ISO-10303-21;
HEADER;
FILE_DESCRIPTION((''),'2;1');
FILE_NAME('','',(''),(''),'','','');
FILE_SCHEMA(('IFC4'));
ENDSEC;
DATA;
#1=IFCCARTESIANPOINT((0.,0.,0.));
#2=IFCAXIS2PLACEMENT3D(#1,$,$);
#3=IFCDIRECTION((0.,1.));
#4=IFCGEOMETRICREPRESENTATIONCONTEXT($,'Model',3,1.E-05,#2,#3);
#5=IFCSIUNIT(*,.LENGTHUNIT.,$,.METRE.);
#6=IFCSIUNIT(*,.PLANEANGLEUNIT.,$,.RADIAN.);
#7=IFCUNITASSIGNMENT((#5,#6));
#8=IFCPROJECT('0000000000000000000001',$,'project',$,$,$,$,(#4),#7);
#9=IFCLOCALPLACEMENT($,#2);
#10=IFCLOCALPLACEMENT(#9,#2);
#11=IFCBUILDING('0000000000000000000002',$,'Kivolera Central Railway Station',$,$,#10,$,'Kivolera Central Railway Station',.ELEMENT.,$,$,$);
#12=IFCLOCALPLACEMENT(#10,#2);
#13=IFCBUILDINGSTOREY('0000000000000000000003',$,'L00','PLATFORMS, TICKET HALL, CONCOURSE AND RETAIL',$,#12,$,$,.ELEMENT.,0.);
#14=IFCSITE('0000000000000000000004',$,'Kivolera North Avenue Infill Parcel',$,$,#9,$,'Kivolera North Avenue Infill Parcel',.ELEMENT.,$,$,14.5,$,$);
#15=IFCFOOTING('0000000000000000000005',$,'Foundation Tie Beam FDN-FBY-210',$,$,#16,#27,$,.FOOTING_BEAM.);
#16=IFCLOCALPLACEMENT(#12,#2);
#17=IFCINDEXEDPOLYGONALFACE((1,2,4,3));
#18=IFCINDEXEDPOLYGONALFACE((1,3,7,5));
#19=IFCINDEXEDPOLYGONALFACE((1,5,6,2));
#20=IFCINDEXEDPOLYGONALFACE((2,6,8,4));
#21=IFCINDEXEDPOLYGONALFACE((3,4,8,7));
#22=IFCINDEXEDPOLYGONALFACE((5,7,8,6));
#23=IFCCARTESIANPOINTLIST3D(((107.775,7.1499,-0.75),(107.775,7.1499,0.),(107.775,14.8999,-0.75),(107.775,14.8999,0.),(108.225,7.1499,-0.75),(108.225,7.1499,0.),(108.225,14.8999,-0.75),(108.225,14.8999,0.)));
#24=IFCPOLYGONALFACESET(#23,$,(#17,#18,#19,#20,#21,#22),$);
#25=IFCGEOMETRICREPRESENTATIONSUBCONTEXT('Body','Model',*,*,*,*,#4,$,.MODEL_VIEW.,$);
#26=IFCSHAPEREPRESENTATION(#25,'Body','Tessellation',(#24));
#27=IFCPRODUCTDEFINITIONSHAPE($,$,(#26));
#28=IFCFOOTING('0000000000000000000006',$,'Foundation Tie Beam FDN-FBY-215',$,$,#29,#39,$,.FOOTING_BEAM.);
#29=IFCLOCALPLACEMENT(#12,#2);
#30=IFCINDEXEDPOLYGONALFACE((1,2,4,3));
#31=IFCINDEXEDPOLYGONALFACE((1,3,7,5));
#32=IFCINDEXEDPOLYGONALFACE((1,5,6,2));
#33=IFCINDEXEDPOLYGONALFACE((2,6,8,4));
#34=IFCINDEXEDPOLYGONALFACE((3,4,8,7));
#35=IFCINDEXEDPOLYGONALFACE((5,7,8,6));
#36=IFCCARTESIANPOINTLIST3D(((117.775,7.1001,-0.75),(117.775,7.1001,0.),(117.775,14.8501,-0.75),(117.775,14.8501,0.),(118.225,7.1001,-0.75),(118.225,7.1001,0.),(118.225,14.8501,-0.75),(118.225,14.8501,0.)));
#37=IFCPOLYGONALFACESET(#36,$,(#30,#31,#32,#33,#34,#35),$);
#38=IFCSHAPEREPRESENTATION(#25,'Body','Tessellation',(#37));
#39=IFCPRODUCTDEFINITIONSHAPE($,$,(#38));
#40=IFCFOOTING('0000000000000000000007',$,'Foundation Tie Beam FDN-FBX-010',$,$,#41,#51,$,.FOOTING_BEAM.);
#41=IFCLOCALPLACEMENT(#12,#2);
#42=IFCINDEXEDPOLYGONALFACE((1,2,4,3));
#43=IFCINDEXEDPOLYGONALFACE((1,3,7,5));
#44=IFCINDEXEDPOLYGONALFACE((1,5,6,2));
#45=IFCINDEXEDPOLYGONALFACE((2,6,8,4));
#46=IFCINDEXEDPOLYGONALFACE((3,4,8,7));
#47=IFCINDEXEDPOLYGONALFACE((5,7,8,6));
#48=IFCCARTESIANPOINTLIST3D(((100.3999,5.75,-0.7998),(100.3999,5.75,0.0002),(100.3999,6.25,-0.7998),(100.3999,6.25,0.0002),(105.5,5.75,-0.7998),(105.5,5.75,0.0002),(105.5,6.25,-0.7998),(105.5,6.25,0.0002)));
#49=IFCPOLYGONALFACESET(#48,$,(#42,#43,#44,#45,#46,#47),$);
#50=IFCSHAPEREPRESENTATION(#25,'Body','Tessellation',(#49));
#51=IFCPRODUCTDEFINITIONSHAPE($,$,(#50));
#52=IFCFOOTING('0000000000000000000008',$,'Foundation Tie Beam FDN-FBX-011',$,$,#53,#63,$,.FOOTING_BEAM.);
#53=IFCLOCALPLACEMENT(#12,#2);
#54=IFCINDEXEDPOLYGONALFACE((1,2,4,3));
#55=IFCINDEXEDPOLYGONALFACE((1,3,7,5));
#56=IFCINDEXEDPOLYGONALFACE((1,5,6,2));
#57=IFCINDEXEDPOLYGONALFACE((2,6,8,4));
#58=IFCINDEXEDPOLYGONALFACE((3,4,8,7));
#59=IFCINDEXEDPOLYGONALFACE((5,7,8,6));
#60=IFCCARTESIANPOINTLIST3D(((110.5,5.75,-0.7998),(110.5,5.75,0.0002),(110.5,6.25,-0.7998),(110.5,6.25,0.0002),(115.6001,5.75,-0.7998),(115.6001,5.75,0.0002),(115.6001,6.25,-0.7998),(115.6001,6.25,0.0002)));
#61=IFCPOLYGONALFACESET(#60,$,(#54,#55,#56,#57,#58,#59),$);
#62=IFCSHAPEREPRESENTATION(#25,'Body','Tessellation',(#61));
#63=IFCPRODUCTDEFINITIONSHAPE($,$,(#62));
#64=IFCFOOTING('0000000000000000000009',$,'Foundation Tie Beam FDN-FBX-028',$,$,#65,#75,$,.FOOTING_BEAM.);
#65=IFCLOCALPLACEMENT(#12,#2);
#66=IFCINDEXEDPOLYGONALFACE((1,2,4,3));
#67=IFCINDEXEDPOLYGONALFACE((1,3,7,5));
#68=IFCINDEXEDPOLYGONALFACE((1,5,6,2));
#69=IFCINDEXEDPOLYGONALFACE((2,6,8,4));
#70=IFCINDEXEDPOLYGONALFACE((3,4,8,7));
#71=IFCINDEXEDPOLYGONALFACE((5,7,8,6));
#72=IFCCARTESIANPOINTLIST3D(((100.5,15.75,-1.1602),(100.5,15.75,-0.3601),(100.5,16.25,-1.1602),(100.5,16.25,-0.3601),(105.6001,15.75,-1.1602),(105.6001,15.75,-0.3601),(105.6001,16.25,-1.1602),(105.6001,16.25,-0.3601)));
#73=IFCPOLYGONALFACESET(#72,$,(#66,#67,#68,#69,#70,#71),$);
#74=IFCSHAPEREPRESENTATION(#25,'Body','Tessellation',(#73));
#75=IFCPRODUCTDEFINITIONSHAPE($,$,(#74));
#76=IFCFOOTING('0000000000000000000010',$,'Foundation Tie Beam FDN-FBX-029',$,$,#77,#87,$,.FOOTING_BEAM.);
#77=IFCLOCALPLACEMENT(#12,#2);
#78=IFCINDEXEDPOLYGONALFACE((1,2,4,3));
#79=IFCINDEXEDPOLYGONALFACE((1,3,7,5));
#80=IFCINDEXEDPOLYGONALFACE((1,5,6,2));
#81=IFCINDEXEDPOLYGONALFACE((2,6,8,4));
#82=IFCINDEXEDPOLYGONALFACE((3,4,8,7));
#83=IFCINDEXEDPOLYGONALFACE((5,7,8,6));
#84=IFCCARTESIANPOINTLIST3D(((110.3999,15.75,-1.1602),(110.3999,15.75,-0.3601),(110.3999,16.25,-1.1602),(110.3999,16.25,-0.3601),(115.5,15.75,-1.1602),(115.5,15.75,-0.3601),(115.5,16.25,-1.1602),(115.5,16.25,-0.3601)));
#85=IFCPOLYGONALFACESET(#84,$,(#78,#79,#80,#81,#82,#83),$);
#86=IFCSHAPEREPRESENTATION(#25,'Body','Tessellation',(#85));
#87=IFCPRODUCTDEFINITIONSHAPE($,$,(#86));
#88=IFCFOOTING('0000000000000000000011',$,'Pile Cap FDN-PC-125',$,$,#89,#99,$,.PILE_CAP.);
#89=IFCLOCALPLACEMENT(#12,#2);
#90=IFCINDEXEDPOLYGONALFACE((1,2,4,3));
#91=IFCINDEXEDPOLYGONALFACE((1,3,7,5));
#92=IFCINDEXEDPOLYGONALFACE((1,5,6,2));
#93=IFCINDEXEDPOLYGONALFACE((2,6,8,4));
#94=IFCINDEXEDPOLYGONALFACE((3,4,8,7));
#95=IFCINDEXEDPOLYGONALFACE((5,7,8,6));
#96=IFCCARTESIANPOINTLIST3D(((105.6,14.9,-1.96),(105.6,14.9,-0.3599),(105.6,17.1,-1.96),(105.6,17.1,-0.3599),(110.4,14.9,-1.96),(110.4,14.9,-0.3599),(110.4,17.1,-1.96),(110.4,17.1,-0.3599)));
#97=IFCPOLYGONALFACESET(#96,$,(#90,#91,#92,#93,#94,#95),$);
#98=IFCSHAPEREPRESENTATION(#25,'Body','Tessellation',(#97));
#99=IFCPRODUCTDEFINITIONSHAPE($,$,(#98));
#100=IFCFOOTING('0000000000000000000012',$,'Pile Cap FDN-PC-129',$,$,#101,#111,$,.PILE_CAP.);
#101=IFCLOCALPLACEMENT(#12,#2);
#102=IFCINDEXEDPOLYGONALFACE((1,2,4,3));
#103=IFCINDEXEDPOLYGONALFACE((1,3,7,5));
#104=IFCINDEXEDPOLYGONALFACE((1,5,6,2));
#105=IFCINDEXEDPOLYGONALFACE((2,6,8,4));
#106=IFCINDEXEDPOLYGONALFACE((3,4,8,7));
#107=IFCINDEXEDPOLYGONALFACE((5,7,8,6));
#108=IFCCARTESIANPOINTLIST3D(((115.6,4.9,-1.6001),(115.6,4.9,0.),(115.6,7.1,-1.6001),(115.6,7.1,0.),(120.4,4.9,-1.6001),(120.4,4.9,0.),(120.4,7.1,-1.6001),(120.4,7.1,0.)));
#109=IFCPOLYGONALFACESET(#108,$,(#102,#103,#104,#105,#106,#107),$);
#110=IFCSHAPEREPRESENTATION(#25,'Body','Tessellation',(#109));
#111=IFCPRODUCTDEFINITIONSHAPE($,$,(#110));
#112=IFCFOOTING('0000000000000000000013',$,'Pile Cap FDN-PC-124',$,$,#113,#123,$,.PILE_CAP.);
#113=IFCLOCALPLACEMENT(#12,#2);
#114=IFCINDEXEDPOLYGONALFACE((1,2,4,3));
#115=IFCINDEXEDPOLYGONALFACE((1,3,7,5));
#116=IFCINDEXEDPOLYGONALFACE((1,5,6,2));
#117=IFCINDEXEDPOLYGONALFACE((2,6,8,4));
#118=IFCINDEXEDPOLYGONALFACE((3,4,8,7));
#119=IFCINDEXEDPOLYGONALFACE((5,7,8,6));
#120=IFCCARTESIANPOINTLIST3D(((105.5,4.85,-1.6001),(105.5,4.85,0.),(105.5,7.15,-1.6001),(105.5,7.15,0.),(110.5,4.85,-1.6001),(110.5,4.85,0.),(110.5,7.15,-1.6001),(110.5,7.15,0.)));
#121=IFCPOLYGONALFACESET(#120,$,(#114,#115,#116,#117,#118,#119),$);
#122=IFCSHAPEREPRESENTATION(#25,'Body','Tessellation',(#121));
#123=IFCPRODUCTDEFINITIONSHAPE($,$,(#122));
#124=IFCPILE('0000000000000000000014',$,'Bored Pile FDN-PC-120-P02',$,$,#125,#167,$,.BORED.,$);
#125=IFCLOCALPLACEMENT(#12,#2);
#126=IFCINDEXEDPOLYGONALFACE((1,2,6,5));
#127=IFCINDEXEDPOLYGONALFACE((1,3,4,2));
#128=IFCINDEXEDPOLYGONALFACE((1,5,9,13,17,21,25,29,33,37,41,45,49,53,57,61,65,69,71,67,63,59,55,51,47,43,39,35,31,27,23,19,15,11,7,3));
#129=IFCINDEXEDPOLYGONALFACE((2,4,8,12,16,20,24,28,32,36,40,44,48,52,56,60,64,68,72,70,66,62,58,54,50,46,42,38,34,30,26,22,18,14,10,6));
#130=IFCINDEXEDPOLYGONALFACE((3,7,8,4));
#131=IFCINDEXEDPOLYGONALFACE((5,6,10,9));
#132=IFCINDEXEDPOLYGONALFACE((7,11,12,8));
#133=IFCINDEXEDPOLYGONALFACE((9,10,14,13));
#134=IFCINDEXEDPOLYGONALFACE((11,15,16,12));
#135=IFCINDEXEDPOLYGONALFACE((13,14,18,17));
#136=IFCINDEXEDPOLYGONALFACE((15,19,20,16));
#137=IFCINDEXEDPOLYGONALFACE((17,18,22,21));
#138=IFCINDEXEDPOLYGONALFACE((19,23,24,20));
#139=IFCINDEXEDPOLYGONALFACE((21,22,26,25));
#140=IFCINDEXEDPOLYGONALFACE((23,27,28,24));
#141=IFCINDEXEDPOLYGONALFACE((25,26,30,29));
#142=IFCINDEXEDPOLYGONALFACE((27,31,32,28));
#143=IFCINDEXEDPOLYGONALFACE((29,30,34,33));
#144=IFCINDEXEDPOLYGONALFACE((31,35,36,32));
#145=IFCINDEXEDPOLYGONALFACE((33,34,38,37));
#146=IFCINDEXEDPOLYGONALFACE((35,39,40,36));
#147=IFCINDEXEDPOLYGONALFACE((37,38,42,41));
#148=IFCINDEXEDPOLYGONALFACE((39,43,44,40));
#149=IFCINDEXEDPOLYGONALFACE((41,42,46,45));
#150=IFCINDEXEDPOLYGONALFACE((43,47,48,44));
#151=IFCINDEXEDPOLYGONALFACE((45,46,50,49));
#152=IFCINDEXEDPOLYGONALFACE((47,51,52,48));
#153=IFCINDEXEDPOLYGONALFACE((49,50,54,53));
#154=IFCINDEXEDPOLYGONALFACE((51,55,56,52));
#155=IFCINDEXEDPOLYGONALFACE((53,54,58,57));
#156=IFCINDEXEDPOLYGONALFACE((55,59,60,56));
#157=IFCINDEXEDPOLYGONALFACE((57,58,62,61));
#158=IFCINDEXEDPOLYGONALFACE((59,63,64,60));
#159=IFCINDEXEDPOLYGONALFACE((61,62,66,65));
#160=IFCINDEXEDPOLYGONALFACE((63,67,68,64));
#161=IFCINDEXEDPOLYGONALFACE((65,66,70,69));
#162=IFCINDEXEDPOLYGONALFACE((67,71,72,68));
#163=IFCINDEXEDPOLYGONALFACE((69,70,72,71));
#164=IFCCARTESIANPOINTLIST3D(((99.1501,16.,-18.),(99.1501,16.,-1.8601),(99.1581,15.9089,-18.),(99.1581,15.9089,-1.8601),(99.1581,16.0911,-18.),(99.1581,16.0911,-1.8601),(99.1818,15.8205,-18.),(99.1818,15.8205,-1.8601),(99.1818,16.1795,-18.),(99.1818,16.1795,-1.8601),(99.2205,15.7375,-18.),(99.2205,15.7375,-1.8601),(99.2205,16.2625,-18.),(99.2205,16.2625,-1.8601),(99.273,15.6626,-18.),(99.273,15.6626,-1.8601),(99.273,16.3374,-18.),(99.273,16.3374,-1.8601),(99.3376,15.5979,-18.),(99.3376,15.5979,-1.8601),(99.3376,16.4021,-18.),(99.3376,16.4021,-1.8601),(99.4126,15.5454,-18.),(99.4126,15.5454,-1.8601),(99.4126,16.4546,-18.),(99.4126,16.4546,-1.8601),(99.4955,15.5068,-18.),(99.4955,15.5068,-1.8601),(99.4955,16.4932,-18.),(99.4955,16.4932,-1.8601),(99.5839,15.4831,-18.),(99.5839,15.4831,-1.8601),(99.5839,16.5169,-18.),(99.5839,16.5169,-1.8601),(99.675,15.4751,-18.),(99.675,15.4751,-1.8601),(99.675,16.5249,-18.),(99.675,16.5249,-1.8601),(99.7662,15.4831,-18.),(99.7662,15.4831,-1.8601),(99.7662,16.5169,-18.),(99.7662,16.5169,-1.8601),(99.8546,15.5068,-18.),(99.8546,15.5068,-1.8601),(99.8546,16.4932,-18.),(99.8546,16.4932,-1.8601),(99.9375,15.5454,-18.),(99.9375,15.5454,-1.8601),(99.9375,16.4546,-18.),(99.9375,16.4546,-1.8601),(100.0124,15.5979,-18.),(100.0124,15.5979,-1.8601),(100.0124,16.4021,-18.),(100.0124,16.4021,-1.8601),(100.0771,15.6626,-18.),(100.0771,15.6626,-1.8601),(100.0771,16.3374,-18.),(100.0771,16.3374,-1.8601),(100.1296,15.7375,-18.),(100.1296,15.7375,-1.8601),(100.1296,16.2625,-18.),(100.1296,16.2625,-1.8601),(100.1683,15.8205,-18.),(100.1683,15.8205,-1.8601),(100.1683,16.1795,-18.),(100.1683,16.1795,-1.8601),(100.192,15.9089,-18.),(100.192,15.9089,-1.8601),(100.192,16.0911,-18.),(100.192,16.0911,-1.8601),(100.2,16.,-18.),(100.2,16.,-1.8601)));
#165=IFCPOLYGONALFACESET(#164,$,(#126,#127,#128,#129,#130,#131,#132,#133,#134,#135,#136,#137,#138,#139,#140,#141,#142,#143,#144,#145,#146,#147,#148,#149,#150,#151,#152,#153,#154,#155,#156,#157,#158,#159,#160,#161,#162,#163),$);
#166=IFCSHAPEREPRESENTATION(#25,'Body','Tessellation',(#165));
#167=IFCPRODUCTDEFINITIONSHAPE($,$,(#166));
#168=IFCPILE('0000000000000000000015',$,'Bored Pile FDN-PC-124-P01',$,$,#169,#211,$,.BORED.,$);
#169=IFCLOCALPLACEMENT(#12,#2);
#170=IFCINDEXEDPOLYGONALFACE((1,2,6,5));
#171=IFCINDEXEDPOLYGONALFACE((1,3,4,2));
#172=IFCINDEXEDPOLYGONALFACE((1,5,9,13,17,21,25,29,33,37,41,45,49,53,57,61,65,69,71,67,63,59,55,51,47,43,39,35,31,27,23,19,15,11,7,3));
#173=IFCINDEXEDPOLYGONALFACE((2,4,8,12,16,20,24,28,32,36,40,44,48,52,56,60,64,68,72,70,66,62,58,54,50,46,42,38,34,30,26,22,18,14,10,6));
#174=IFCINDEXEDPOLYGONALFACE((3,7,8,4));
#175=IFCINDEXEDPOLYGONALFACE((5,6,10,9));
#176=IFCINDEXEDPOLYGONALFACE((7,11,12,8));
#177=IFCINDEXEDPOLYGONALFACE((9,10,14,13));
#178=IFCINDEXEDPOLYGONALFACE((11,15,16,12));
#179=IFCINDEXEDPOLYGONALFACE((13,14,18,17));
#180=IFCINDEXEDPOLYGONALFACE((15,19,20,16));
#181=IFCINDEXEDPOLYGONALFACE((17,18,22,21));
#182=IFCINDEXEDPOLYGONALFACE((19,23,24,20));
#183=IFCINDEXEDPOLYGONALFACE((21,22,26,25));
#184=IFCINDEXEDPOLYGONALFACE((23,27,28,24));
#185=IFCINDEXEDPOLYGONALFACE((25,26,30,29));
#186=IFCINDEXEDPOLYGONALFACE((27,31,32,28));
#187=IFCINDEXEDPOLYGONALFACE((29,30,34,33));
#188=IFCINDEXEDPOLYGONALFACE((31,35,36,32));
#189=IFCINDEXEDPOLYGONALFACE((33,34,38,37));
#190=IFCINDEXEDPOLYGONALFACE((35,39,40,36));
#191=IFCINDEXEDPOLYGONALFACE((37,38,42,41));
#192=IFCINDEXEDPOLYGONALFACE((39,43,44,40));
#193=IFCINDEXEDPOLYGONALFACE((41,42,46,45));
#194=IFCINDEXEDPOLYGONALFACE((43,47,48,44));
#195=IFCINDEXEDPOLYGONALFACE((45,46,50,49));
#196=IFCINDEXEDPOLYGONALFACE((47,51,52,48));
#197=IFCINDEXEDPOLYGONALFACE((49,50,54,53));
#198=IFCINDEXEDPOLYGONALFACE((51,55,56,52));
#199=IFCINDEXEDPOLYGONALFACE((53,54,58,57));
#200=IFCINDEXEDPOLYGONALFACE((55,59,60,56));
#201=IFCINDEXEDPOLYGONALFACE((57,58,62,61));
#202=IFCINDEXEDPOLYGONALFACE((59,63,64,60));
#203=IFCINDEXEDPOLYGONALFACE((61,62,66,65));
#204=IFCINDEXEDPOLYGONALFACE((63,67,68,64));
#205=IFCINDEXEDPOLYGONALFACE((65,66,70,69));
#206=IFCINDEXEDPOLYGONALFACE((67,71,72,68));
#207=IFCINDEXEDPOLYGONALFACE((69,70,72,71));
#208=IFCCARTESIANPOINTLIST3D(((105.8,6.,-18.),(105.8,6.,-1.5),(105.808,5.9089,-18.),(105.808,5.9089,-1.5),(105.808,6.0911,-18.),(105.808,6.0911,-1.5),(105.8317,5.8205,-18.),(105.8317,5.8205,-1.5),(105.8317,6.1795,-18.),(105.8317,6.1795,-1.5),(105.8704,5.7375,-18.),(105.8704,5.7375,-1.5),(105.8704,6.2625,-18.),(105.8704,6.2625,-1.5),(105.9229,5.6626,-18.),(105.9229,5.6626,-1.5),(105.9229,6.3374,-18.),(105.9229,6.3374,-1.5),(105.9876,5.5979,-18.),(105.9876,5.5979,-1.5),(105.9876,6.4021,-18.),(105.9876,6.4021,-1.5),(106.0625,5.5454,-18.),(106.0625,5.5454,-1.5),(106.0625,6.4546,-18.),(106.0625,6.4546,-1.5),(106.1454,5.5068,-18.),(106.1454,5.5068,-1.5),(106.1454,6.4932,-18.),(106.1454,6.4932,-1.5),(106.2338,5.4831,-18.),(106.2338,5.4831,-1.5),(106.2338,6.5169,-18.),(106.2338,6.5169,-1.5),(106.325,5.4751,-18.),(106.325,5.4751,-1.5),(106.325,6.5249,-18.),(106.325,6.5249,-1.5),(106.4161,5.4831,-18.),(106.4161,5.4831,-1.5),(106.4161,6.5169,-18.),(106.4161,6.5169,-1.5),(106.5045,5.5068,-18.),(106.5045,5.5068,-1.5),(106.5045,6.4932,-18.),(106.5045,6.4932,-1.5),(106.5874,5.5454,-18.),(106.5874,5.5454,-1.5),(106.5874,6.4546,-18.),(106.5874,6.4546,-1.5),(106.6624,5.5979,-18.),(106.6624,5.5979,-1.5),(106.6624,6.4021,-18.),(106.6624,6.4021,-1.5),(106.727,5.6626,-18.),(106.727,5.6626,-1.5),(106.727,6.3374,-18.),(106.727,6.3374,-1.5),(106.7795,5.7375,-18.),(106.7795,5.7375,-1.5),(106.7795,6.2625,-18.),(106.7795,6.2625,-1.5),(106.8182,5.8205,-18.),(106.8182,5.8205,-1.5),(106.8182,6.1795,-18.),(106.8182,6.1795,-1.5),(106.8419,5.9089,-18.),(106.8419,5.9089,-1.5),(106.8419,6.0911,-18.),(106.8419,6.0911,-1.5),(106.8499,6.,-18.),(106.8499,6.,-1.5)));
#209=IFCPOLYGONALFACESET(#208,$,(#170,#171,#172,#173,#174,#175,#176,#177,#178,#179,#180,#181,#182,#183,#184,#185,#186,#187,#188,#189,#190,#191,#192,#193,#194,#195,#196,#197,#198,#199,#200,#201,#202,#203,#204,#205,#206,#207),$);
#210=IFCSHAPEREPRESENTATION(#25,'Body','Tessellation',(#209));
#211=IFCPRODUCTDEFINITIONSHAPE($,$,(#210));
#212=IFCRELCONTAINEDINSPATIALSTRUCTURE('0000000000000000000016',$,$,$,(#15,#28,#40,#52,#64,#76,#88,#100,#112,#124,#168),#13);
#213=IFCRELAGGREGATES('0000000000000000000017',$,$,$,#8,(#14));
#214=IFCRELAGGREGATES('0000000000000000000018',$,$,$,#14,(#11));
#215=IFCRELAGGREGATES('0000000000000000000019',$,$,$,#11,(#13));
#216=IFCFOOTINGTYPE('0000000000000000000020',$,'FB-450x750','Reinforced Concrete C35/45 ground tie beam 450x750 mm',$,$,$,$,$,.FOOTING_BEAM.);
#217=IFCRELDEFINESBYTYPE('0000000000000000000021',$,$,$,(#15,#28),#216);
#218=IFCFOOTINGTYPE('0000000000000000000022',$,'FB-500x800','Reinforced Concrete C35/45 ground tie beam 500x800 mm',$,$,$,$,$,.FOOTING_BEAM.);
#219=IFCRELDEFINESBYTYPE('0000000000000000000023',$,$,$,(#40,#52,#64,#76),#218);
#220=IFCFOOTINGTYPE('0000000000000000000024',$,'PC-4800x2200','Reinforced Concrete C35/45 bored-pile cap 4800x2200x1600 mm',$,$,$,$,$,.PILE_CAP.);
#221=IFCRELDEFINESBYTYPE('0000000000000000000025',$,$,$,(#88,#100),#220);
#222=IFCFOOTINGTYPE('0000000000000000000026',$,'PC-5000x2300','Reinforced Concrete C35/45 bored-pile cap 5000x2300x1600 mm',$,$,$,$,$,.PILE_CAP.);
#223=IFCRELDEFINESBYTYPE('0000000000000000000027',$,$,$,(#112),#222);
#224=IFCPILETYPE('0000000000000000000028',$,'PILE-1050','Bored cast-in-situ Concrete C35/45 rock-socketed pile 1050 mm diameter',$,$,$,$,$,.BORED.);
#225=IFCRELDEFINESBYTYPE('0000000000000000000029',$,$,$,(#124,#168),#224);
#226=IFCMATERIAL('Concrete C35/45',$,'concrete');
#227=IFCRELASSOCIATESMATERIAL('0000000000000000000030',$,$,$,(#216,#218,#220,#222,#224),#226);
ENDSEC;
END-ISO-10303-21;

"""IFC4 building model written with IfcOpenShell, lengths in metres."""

from ifc_helpers import new_model, si_unit, direction, frame, origin, origin_2d, place, context, subcontext, project, spatial, rectangle, circle, extrude, material, material_profile, profile_set, type_object, element, save


model = new_model("IFC4")

# Units and contexts
model_context = context("Model", 3, precision=1e-05, world=origin(), true_north=direction((0.0, 1.0)))
body_context = subcontext(model_context, "Body", "Model", "MODEL_VIEW")
ifc_project = project(units=[si_unit("LENGTHUNIT", "METRE"), si_unit("PLANEANGLEUNIT", "RADIAN")], contexts=[model_context])

# Site, building, storey
site_placement = place(None, origin())
site = spatial("IfcSite", under=ifc_project, at=site_placement, Name="Kivolera North Avenue Infill Parcel", LongName="Kivolera North Avenue Infill Parcel", CompositionType="ELEMENT", RefElevation=14.5)
building_placement = place(site_placement, origin())
building = spatial("IfcBuilding", under=site, at=building_placement, Name="Kivolera Central Railway Station", LongName="Kivolera Central Railway Station", CompositionType="ELEMENT")
storey_placement = place(building_placement, origin())
storey = spatial("IfcBuildingStorey", under=building, at=storey_placement, Name="L00", Description="PLATFORMS, TICKET HALL, CONCOURSE AND RETAIL", CompositionType="ELEMENT", Elevation=0.0)

# Footings
ifc_material_1 = material(Name="Concrete C35/45", Category="concrete")
footing_type_1 = type_object("IfcFootingType", Name="FB-450x750", Description="Reinforced Concrete C35/45 ground tie beam 450x750 mm", PredefinedType="FOOTING_BEAM", material=ifc_material_1)
for number, where, z_axis, x_axis, name in (
    (1, (108.0, 11.0249, -0.75), (0.0, 0.0, 1.0), (1.0, 0.0, 0.0), "Foundation Tie Beam FDN-FBY-210"),
    (2, (118.0, 10.9751, -0.75), (0.0, 0.0, 1.0), (1.0, 0.0, 0.0), "Foundation Tie Beam FDN-FBY-215"),
):
    element("IfcFooting", number, at=place(storey_placement, frame(where, z_axis=z_axis, x_axis=x_axis)), inside=storey, type_object=footing_type_1, Name=name, PredefinedType="FOOTING_BEAM", context=body_context, shape_type="SweptSolid", body=[
        extrude(rectangle(XDim=0.45, YDim=7.75, at=origin_2d()), origin(), (0.0, 0.0, 1.0), 0.75),
    ])
footing_type_2 = type_object("IfcFootingType", Name="FB-500x800", Description="Reinforced Concrete C35/45 ground tie beam 500x800 mm", PredefinedType="FOOTING_BEAM", material=ifc_material_1)
for number, where, z_axis, x_axis, name in (
    (3, (102.95, 6.0, -0.7998), (0.0, 0.0, 1.0), (1.0, 0.0, 0.0), "Foundation Tie Beam FDN-FBX-010"),
    (4, (113.05, 6.0, -0.7998), (0.0, 0.0, 1.0), (1.0, 0.0, 0.0), "Foundation Tie Beam FDN-FBX-011"),
    (5, (103.05, 16.0, -1.1602), (0.0, 0.0, 1.0), (1.0, 0.0, 0.0), "Foundation Tie Beam FDN-FBX-028"),
    (6, (112.95, 16.0, -1.1602), (0.0, 0.0, 1.0), (1.0, 0.0, 0.0), "Foundation Tie Beam FDN-FBX-029"),
):
    element("IfcFooting", number, at=place(storey_placement, frame(where, z_axis=z_axis, x_axis=x_axis)), inside=storey, type_object=footing_type_2, Name=name, PredefinedType="FOOTING_BEAM", context=body_context, shape_type="SweptSolid", body=[
        extrude(rectangle(XDim=5.1001, YDim=0.5, at=origin_2d()), origin(), (0.0, 0.0, 1.0), 0.8),
    ])
footing_type_3 = type_object("IfcFootingType", Name="PC-4800x2200", Description="Reinforced Concrete C35/45 bored-pile cap 4800x2200x1600 mm", PredefinedType="PILE_CAP", material=ifc_material_1)
for number, where, z_axis, x_axis, name in (
    (7, (108.0, 16.0, -1.96), (0.0, 0.0, 1.0), (1.0, 0.0, 0.0), "Pile Cap FDN-PC-125"),
    (8, (118.0, 6.0, -1.6001), (0.0, 0.0, 1.0), (1.0, 0.0, 0.0), "Pile Cap FDN-PC-129"),
):
    element("IfcFooting", number, at=place(storey_placement, frame(where, z_axis=z_axis, x_axis=x_axis)), inside=storey, type_object=footing_type_3, Name=name, PredefinedType="PILE_CAP", context=body_context, shape_type="SweptSolid", body=[
        extrude(rectangle(XDim=4.8, YDim=2.2, at=origin_2d()), origin(), (0.0, 0.0, 1.0), 1.6001),
    ])
footing_type_4 = type_object("IfcFootingType", Name="PC-5000x2300", Description="Reinforced Concrete C35/45 bored-pile cap 5000x2300x1600 mm", PredefinedType="PILE_CAP", material=ifc_material_1)
footing_placement = place(storey_placement, frame((108.0, 6.0, -1.6001), z_axis=(0.0, 0.0, 1.0), x_axis=(1.0, 0.0, 0.0)))
element("IfcFooting", 9, at=footing_placement, inside=storey, type_object=footing_type_4, Name="Pile Cap FDN-PC-124", PredefinedType="PILE_CAP", context=body_context, shape_type="SweptSolid", body=[
    extrude(rectangle(XDim=5.0, YDim=2.3, at=origin_2d()), origin(), (0.0, 0.0, 1.0), 1.6001),
])

# Piles
ifc_material_profile_1 = material_profile(ifc_material_1, circle(Radius=0.5249, at=origin_2d()), Name="PILE D1050")
ifc_profile_set_1 = profile_set([ifc_material_profile_1], Name="Concrete C35/45")
pile_type = type_object("IfcPileType", Name="PILE-1050", Description="Bored cast-in-situ Concrete C35/45 rock-socketed pile 1050 mm diameter", PredefinedType="BORED", material=ifc_profile_set_1)
pile_1_placement = place(storey_placement, frame((99.675, 16.0, -1.8601), z_axis=(0.0, 0.0, -1.0), x_axis=(1.0, 0.0, 0.0)))
element("IfcPile", 10, at=pile_1_placement, inside=storey, type_object=pile_type, Name="Bored Pile FDN-PC-120-P02", PredefinedType="BORED", context=body_context, shape_type="SweptSolid", body=[
    extrude(circle(Radius=0.5249, at=origin_2d()), origin(), (0.0, 0.0, 1.0), 16.1399),
])
for number, where, z_axis, x_axis, name in (
    (11, (106.325, 6.0, -1.5), (0.0, 0.0, -1.0), (1.0, 0.0, 0.0), "Bored Pile FDN-PC-124-P01"),
):
    element("IfcPile", number, at=place(storey_placement, frame(where, z_axis=z_axis, x_axis=x_axis)), inside=storey, type_object=pile_type, Name=name, PredefinedType="BORED", context=body_context, shape_type="SweptSolid", body=[
        extrude(circle(Radius=0.5249, at=origin_2d()), origin(), (0.0, 0.0, 1.0), 16.5),
    ])

save(model, "model.ifc")
